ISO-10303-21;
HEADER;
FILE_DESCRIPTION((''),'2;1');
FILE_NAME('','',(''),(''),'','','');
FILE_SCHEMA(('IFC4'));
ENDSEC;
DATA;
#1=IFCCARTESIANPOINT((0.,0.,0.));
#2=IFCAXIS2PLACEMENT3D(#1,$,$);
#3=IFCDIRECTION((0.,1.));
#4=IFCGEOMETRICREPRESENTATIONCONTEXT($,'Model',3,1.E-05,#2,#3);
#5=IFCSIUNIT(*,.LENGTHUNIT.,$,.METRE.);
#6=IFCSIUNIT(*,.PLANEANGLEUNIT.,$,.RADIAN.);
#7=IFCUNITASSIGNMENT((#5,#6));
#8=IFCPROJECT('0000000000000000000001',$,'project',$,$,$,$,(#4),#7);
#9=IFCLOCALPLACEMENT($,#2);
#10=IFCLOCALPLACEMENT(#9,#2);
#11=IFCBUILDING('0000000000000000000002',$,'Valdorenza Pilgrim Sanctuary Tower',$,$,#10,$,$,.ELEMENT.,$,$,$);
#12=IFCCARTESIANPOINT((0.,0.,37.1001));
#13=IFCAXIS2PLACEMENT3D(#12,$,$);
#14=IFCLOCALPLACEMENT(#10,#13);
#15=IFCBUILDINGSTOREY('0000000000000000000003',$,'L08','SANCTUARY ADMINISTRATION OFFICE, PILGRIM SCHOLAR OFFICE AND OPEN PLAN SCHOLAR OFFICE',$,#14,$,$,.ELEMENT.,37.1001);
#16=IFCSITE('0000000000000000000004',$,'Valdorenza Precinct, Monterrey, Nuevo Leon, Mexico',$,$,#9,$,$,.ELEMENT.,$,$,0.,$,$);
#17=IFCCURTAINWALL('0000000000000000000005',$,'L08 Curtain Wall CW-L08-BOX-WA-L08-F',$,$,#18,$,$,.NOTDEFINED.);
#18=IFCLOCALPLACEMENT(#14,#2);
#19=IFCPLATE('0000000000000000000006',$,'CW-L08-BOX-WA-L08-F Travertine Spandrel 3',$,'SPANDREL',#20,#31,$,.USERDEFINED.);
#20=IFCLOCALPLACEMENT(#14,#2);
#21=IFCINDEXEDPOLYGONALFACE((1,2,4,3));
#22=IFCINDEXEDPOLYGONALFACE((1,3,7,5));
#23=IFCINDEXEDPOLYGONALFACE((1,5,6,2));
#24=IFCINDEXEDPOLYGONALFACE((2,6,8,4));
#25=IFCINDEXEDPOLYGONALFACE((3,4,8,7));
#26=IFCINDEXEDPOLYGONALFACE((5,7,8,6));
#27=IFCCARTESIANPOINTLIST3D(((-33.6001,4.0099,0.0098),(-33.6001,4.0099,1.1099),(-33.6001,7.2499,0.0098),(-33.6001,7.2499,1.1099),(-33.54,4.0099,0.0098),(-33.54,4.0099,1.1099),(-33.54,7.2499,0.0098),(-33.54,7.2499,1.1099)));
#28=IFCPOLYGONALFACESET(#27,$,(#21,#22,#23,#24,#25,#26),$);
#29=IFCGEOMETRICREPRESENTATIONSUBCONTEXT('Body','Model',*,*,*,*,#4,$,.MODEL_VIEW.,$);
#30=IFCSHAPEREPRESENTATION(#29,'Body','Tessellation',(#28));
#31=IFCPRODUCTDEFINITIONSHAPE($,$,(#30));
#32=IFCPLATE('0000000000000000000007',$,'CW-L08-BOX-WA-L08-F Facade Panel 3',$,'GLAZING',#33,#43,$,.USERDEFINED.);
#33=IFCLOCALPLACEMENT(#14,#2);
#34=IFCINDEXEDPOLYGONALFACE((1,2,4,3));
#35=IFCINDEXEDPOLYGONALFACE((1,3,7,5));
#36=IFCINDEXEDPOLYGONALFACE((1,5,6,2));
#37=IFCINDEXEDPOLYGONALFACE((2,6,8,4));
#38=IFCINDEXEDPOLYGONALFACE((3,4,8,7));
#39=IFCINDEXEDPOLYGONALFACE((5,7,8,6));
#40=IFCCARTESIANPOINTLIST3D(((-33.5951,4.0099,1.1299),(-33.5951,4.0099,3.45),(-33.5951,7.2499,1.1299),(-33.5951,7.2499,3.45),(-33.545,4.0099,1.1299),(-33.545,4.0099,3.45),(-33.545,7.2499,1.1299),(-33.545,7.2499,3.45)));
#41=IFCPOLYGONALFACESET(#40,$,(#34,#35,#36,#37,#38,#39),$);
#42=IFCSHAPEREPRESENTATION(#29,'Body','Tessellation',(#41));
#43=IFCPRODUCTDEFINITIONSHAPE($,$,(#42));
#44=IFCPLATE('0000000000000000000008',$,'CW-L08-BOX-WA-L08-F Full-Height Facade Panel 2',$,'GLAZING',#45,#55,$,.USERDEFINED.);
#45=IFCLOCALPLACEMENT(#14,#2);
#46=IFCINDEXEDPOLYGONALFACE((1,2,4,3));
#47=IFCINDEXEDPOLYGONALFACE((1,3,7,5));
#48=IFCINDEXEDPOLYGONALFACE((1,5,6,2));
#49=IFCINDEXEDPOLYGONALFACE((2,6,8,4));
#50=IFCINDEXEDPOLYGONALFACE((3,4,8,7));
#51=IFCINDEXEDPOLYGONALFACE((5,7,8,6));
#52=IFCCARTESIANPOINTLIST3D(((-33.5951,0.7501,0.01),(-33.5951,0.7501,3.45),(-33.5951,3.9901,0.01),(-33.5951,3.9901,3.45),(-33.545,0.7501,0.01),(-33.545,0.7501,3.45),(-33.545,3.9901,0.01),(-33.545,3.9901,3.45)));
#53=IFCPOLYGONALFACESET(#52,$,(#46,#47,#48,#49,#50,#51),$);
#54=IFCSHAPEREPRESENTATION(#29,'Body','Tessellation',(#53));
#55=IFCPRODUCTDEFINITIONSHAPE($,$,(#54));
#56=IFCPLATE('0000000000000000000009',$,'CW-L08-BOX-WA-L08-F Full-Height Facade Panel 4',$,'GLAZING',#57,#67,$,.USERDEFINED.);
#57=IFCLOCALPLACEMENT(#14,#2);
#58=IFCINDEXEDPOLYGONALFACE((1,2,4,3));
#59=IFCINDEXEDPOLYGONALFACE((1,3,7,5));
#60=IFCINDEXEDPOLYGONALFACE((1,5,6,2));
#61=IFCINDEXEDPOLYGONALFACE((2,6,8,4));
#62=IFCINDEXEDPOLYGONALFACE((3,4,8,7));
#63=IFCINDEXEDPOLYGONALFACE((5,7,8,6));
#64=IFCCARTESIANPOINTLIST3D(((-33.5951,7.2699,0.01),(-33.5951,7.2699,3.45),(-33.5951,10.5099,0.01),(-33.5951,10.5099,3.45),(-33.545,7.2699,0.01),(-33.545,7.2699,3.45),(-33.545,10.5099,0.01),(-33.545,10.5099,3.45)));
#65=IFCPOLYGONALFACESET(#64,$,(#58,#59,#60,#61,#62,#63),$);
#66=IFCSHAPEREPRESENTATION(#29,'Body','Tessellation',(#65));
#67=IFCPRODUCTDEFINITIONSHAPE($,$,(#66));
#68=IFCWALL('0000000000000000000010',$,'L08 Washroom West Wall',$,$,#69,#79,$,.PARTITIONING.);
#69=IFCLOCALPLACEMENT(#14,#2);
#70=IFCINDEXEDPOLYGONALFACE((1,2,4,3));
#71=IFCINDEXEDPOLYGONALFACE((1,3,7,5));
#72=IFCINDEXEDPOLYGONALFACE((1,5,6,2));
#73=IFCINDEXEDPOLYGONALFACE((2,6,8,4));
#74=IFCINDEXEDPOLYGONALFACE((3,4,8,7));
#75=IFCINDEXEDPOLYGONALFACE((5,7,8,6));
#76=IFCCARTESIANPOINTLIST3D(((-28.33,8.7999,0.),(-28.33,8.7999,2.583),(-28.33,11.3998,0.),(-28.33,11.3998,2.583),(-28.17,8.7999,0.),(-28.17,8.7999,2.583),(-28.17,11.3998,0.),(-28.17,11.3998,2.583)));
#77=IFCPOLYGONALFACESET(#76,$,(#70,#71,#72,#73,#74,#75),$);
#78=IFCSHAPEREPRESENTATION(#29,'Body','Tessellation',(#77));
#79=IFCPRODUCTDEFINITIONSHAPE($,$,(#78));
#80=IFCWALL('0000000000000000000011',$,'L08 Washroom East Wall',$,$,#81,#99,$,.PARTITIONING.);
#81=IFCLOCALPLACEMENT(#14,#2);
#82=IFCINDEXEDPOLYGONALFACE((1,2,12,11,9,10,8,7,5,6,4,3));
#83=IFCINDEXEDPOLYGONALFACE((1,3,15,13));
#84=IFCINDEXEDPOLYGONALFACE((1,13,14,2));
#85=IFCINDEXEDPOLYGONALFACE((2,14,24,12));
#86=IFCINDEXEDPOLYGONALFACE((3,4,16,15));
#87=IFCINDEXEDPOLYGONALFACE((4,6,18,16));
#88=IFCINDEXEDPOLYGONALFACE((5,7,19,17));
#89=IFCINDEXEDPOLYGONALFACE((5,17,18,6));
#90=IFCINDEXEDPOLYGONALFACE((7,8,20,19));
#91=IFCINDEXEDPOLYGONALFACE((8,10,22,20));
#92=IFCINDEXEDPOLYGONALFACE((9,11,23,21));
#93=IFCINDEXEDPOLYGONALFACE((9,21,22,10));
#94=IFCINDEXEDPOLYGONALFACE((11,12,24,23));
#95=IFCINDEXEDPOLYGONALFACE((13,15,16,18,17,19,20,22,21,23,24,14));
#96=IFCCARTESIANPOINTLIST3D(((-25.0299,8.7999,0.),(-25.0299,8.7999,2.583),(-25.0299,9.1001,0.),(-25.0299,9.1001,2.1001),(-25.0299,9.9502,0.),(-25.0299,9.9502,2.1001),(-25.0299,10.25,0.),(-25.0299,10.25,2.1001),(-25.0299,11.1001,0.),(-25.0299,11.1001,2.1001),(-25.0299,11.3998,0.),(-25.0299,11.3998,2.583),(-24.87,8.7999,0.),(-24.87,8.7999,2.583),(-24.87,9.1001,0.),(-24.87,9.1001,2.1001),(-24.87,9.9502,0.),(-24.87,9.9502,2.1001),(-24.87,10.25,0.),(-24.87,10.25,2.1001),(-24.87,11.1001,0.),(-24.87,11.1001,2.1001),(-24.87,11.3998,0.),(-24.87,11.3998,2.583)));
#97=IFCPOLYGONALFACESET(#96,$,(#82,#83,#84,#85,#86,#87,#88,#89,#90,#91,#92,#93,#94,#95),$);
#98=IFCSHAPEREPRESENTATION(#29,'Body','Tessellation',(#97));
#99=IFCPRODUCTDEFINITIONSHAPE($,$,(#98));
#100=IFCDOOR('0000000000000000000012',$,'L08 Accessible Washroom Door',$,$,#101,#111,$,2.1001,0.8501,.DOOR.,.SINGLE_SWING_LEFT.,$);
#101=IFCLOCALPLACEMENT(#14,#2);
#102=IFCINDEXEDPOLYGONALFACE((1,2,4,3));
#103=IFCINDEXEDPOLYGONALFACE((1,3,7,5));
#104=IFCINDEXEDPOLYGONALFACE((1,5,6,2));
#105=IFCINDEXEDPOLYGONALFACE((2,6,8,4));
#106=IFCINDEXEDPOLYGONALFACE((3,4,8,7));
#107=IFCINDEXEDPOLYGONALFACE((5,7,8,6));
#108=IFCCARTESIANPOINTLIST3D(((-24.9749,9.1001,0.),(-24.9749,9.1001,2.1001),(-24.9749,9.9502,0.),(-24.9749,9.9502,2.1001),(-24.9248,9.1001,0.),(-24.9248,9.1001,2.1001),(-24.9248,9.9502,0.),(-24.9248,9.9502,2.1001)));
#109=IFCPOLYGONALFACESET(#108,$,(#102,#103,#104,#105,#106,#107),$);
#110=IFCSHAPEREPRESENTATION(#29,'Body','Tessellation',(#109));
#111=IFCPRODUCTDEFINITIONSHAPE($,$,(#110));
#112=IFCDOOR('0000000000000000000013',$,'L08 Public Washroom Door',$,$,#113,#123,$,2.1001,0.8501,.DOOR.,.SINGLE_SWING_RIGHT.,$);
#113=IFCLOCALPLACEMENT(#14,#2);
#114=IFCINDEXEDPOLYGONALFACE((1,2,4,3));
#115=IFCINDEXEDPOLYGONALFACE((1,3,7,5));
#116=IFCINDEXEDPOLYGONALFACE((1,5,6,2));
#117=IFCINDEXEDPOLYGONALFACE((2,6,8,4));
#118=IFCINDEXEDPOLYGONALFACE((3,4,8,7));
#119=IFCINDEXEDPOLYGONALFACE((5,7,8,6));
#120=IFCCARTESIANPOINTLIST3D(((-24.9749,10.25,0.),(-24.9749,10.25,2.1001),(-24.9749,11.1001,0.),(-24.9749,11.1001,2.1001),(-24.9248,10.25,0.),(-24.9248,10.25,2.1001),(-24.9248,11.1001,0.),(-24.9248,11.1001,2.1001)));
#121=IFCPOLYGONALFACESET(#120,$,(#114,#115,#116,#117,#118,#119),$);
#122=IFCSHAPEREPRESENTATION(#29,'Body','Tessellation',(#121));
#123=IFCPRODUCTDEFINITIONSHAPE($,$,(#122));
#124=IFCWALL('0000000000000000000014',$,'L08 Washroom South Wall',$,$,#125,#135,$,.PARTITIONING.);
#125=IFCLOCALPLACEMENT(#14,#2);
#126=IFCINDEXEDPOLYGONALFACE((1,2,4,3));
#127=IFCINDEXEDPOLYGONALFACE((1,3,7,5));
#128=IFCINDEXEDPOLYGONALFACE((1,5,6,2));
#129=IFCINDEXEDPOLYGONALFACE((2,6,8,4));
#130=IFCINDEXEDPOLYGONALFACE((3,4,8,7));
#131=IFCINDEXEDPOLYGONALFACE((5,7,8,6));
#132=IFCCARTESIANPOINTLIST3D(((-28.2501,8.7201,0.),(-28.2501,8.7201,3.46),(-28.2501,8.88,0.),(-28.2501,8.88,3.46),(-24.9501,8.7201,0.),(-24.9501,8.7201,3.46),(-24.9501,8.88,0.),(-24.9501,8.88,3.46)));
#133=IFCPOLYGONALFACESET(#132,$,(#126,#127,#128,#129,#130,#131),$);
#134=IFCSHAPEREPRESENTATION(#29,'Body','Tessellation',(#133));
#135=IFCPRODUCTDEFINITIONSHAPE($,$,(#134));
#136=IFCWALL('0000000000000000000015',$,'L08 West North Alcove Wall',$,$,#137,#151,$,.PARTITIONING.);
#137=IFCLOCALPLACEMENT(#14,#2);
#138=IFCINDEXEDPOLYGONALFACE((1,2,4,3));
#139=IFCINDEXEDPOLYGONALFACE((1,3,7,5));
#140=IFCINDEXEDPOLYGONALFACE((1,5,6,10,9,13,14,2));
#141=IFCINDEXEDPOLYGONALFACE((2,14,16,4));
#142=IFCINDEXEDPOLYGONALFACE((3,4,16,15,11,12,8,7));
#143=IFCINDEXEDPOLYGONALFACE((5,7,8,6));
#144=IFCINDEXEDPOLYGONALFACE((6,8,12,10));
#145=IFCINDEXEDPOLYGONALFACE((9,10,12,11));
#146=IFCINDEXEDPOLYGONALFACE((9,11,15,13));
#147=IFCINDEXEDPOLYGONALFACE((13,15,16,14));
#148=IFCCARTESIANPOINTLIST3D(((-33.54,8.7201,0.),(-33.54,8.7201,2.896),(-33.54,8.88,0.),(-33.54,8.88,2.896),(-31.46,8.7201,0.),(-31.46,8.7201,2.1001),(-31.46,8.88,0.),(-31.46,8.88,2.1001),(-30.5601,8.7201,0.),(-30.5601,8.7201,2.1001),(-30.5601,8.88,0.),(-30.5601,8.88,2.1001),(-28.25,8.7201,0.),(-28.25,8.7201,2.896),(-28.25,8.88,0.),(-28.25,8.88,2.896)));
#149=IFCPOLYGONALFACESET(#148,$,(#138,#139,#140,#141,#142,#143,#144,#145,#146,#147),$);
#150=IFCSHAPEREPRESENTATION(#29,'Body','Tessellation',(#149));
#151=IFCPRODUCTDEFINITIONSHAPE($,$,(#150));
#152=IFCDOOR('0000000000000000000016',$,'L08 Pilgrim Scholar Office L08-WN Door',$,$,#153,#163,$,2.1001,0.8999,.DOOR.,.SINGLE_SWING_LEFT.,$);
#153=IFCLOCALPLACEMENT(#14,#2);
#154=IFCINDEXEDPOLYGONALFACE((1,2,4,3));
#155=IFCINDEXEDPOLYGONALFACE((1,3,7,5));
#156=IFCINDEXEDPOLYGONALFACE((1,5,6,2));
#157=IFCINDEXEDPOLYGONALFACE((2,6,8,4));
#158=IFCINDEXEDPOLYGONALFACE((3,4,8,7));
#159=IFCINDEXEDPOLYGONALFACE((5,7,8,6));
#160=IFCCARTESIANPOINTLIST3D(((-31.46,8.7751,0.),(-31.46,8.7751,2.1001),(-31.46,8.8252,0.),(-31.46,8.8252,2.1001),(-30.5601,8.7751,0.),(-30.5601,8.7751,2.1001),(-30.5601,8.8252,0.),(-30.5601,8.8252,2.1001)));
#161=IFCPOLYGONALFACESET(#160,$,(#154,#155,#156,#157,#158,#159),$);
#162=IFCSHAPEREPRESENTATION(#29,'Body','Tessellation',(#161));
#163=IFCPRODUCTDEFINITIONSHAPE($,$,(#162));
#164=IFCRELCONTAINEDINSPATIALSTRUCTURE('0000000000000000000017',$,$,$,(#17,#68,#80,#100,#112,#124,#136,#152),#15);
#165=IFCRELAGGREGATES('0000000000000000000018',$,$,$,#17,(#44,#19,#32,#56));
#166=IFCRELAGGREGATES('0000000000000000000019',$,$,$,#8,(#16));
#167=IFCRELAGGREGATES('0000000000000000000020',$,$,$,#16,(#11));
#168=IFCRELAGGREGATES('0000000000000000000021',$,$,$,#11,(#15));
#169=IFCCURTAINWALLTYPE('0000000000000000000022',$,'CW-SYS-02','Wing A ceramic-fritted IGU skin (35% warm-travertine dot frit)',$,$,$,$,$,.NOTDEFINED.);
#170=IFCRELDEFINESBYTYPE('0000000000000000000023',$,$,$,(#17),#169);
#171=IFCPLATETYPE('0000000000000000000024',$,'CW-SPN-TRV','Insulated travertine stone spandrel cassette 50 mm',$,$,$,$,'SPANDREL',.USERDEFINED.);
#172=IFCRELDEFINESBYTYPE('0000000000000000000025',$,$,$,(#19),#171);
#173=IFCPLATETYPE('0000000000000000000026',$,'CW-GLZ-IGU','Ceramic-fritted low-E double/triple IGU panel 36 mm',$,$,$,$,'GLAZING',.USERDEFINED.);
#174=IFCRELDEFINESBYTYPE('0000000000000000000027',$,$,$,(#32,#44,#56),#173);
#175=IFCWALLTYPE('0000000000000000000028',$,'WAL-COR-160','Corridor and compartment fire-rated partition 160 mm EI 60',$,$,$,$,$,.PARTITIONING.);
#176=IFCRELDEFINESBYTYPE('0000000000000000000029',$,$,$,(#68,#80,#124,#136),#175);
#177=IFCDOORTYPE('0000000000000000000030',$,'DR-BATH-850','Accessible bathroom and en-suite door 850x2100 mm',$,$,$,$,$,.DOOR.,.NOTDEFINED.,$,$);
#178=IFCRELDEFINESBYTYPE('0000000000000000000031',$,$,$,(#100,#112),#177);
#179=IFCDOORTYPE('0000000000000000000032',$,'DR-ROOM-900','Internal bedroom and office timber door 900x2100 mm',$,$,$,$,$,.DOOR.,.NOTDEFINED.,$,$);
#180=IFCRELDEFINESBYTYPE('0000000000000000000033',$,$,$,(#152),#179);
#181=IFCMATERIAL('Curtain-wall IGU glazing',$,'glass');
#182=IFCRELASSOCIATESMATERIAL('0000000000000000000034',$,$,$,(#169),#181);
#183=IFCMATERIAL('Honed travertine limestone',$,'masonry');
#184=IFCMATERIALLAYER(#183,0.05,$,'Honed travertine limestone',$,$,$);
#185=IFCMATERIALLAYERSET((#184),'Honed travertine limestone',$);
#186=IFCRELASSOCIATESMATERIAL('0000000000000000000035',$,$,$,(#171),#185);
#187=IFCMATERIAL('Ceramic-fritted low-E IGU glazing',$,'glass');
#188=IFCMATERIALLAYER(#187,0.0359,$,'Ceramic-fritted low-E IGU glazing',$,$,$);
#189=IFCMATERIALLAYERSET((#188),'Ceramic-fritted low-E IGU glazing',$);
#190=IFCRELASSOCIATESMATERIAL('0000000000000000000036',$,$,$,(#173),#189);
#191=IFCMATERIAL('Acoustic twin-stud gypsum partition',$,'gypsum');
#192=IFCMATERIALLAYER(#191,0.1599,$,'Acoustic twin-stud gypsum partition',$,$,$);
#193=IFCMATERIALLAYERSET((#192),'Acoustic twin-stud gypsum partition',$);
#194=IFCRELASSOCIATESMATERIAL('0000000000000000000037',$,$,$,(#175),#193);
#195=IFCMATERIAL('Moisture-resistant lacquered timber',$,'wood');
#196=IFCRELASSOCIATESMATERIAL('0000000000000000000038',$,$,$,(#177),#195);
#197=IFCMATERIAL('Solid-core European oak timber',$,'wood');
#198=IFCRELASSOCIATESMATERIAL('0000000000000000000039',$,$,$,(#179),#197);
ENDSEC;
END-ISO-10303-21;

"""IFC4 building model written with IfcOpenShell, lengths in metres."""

from ifc_helpers import new_model, si_unit, direction, frame, frame_2d, origin, origin_2d, place, context, subcontext, project, spatial, rectangle, extrude, source, transform, mapped, material, layer, layer_set, type_object, element, fill, aggregate, save


model = new_model("IFC4")

# Units and contexts
model_context = context("Model", 3, precision=1e-05, world=origin(), true_north=direction((0.0, 1.0)))
body_context = subcontext(model_context, "Body", "Model", "MODEL_VIEW")
ifc_project = project(units=[si_unit("LENGTHUNIT", "METRE"), si_unit("PLANEANGLEUNIT", "RADIAN")], contexts=[model_context])

# Site, building, storey
site_placement = place(None, origin())
site = spatial("IfcSite", under=ifc_project, at=site_placement, Name="Valdorenza Precinct, Monterrey, Nuevo Leon, Mexico", CompositionType="ELEMENT", RefElevation=0.0)
building_placement = place(site_placement, origin())
building = spatial("IfcBuilding", under=site, at=building_placement, Name="Valdorenza Pilgrim Sanctuary Tower", CompositionType="ELEMENT")
storey_placement = place(building_placement, frame((0.0, 0.0, 37.1001)))
storey = spatial("IfcBuildingStorey", under=building, at=storey_placement, Name="L08", Description="SANCTUARY ADMINISTRATION OFFICE, PILGRIM SCHOLAR OFFICE AND OPEN PLAN SCHOLAR OFFICE", CompositionType="ELEMENT", Elevation=37.1001)

# Shared definitions
ifc_material_1 = material(Name="Curtain-wall IGU glazing", Category="glass")
curtain_wall_type = type_object("IfcCurtainWallType", Name="CW-SYS-02", Description="Wing A ceramic-fritted IGU skin (35% warm-travertine dot frit)", PredefinedType="NOTDEFINED", material=ifc_material_1)

# Curtain wall
curtain_wall_1_placement = place(storey_placement, origin())
curtain_wall_1 = element("IfcCurtainWall", 1, at=curtain_wall_1_placement, inside=storey, type_object=curtain_wall_type, Name="L08 Curtain Wall CW-L08-BOX-WA-L08-F", PredefinedType="NOTDEFINED")

# Plates
ifc_material_2 = material(Name="Honed travertine limestone", Category="masonry")
ifc_layer_1 = layer(ifc_material_2, 0.05, Name="Honed travertine limestone")
ifc_layer_set_1 = layer_set([ifc_layer_1], Name="Honed travertine limestone")
plate_type_1 = type_object("IfcPlateType", Name="CW-SPN-TRV", Description="Insulated travertine stone spandrel cassette 50 mm", ElementType="SPANDREL", PredefinedType="USERDEFINED", material=ifc_layer_set_1)
ifc_material_3 = material(Name="Ceramic-fritted low-E IGU glazing", Category="glass")
ifc_layer_2 = layer(ifc_material_3, 0.0359, Name="Ceramic-fritted low-E IGU glazing")
ifc_layer_set_2 = layer_set([ifc_layer_2], Name="Ceramic-fritted low-E IGU glazing")
plate_type_2 = type_object("IfcPlateType", Name="CW-GLZ-IGU", Description="Ceramic-fritted low-E double/triple IGU panel 36 mm", ElementType="GLAZING", PredefinedType="USERDEFINED", material=ifc_layer_set_2)
shared_shape_1 = source(origin(), body_context, "Body", "SweptSolid", [
    extrude(rectangle(XDim=3.24, YDim=0.0601, at=origin_2d()), origin(), (0.0, 0.0, 1.0), 1.1001),
])
plate_1_placement = place(storey_placement, frame((-33.5701, 5.6299, 0.0098), z_axis=(0.0, 0.0, 1.0), x_axis=(0.0, 1.0, 0.0)))
plate_1 = element("IfcPlate", 2, at=plate_1_placement, type_object=plate_type_1, Name="CW-L08-BOX-WA-L08-F Travertine Spandrel 3", ObjectType="SPANDREL", PredefinedType="USERDEFINED", context=body_context, shape_type="MappedRepresentation", body=[
    mapped(shared_shape_1, transform((0.0, 0.0, 0.0), x_axis=(1.0, 0.0, 0.0), y_axis=(0.0, 1.0, 0.0), z_axis=(0.0, 0.0, 1.0), scale=1.0)),
])
shared_shape_2 = source(origin(), body_context, "Body", "SweptSolid", [
    extrude(rectangle(XDim=3.24, YDim=0.05, at=origin_2d()), origin(), (0.0, 0.0, 1.0), 2.3201),
])
plate_2_placement = place(storey_placement, frame((-33.5701, 5.6299, 1.1299), z_axis=(0.0, 0.0, 1.0), x_axis=(0.0, 1.0, 0.0)))
plate_2 = element("IfcPlate", 3, at=plate_2_placement, type_object=plate_type_2, Name="CW-L08-BOX-WA-L08-F Facade Panel 3", ObjectType="GLAZING", PredefinedType="USERDEFINED", context=body_context, shape_type="MappedRepresentation", body=[
    mapped(shared_shape_2, transform((0.0, 0.0, 0.0), x_axis=(1.0, 0.0, 0.0), y_axis=(0.0, 1.0, 0.0), z_axis=(0.0, 0.0, 1.0), scale=1.0)),
])
shared_shape_3 = source(origin(), body_context, "Body", "SweptSolid", [
    extrude(rectangle(XDim=3.24, YDim=0.05, at=origin_2d()), origin(), (0.0, 0.0, 1.0), 3.4399),
])
plate_3_placement = place(storey_placement, frame((-33.5701, 2.3701, 0.01), z_axis=(0.0, 0.0, 1.0), x_axis=(0.0, 1.0, 0.0)))
plate_3 = element("IfcPlate", 4, at=plate_3_placement, type_object=plate_type_2, Name="CW-L08-BOX-WA-L08-F Full-Height Facade Panel 2", ObjectType="GLAZING", PredefinedType="USERDEFINED", context=body_context, shape_type="MappedRepresentation", body=[
    mapped(shared_shape_3, transform((0.0, 0.0, 0.0), x_axis=(1.0, 0.0, 0.0), y_axis=(0.0, 1.0, 0.0), z_axis=(0.0, 0.0, 1.0), scale=1.0)),
])
plate_4_placement = place(storey_placement, frame((-33.5701, 8.8899, 0.01), z_axis=(0.0, 0.0, 1.0), x_axis=(0.0, 1.0, 0.0)))
plate_4 = element("IfcPlate", 5, at=plate_4_placement, type_object=plate_type_2, Name="CW-L08-BOX-WA-L08-F Full-Height Facade Panel 4", ObjectType="GLAZING", PredefinedType="USERDEFINED", context=body_context, shape_type="MappedRepresentation", body=[
    mapped(shared_shape_3, transform((0.0, 0.0, 0.0), x_axis=(1.0, 0.0, 0.0), y_axis=(0.0, 1.0, 0.0), z_axis=(0.0, 0.0, 1.0), scale=1.0)),
])
aggregate(curtain_wall_1, [plate_3, plate_1, plate_2, plate_4])

# Wall
ifc_material_4 = material(Name="Acoustic twin-stud gypsum partition", Category="gypsum")
ifc_layer_3 = layer(ifc_material_4, 0.1599, Name="Acoustic twin-stud gypsum partition")
ifc_layer_set_3 = layer_set([ifc_layer_3], Name="Acoustic twin-stud gypsum partition")
wall_type_1 = type_object("IfcWallType", Name="WAL-COR-160", Description="Corridor and compartment fire-rated partition 160 mm EI 60", PredefinedType="PARTITIONING", material=ifc_layer_set_3)
wall_1_placement = place(storey_placement, frame((-28.25, 8.8, 0.0), z_axis=(0.0, 0.0, 1.0), x_axis=(0.0, 1.0, 0.0)))
element("IfcWall", 6, at=wall_1_placement, inside=storey, type_object=wall_type_1, Name="L08 Washroom West Wall", PredefinedType="PARTITIONING", context=body_context, shape_type="SweptSolid", body=[
    extrude(rectangle(XDim=2.5999, YDim=0.1599, at=frame_2d((1.2998, 0.0))), origin(), (0.0, 0.0, 1.0), 2.583),
])

# Wall, openings, doors
wall_2_placement = place(storey_placement, frame((-24.95, 8.8, 0.0), z_axis=(0.0, 0.0, 1.0), x_axis=(0.0, 1.0, 0.0)))
wall_2 = element("IfcWall", 7, at=wall_2_placement, inside=storey, type_object=wall_type_1, Name="L08 Washroom East Wall", PredefinedType="PARTITIONING", context=body_context, shape_type="SweptSolid", body=[
    extrude(rectangle(XDim=2.5999, YDim=0.1599, at=frame_2d((1.2998, 0.0))), origin(), (0.0, 0.0, 1.0), 2.583),
])
opening_1_placement = place(wall_2_placement, frame((0.3, 0.0, 0.0)))
opening_1 = element("IfcOpeningElement", 8, at=opening_1_placement, cuts=wall_2, PredefinedType="OPENING", context=body_context, shape_type="SweptSolid", body=[
    extrude(rectangle(XDim=0.8501, YDim=2.1001, at=frame_2d((0.425, 1.05))), frame((0.0, 0.0947, 0.0), z_axis=(0.0, -1.0, 0.0), x_axis=(1.0, 0.0, 0.0)), (0.0, 0.0, 1.0), 0.1897),
])
opening_2_placement = place(wall_2_placement, frame((1.45, 0.0, 0.0)))
opening_2 = element("IfcOpeningElement", 9, at=opening_2_placement, cuts=wall_2, PredefinedType="OPENING", context=body_context, shape_type="SweptSolid", body=[
    extrude(rectangle(XDim=0.8501, YDim=2.1001, at=frame_2d((0.425, 1.05))), frame((0.0, 0.0947, 0.0), z_axis=(0.0, -1.0, 0.0), x_axis=(1.0, 0.0, 0.0)), (0.0, 0.0, 1.0), 0.1897),
])
ifc_material_5 = material(Name="Moisture-resistant lacquered timber", Category="wood")
door_type_1 = type_object("IfcDoorType", Name="DR-BATH-850", Description="Accessible bathroom and en-suite door 850x2100 mm", OperationType="NOTDEFINED", PredefinedType="DOOR", material=ifc_material_5)
door_1_placement = place(opening_1_placement, origin())
door_1 = element("IfcDoor", 10, at=door_1_placement, inside=storey, type_object=door_type_1, Name="L08 Accessible Washroom Door", OperationType="SINGLE_SWING_LEFT", OverallHeight=2.1001, OverallWidth=0.8501, PredefinedType="DOOR", context=body_context, shape_type="SweptSolid", body=[
    extrude(rectangle(XDim=0.8501, YDim=2.1001, at=frame_2d((0.425, 1.05))), frame((0.0, 0.0249, 0.0), z_axis=(0.0, -1.0, 0.0), x_axis=(1.0, 0.0, 0.0)), (0.0, 0.0, 1.0), 0.05),
])
fill(opening_1, door_1)
door_2_placement = place(opening_2_placement, origin())
door_2 = element("IfcDoor", 11, at=door_2_placement, inside=storey, type_object=door_type_1, Name="L08 Public Washroom Door", OperationType="SINGLE_SWING_RIGHT", OverallHeight=2.1001, OverallWidth=0.8501, PredefinedType="DOOR", context=body_context, shape_type="SweptSolid", body=[
    extrude(rectangle(XDim=0.8501, YDim=2.1001, at=frame_2d((0.425, 1.05))), frame((0.0, 0.0249, 0.0), z_axis=(0.0, -1.0, 0.0), x_axis=(1.0, 0.0, 0.0)), (0.0, 0.0, 1.0), 0.05),
])
fill(opening_2, door_2)

# Wall
wall_3_placement = place(storey_placement, frame((-28.25, 8.8, 0.0), z_axis=(0.0, 0.0, 1.0), x_axis=(1.0, 0.0, 0.0)))
element("IfcWall", 12, at=wall_3_placement, inside=storey, type_object=wall_type_1, Name="L08 Washroom South Wall", PredefinedType="PARTITIONING", context=body_context, shape_type="SweptSolid", body=[
    extrude(rectangle(XDim=3.3, YDim=0.1599, at=frame_2d((1.6499, 0.0))), origin(), (0.0, 0.0, 1.0), 3.46),
])

# Wall, opening, door
wall_4_placement = place(storey_placement, frame((-33.54, 8.8, 0.0), z_axis=(0.0, 0.0, 1.0), x_axis=(1.0, 0.0, 0.0)))
wall_4 = element("IfcWall", 13, at=wall_4_placement, inside=storey, type_object=wall_type_1, Name="L08 West North Alcove Wall", PredefinedType="PARTITIONING", context=body_context, shape_type="SweptSolid", body=[
    extrude(rectangle(XDim=5.29, YDim=0.1599, at=frame_2d((2.645, 0.0))), origin(), (0.0, 0.0, 1.0), 2.896),
])
opening_3_placement = place(wall_4_placement, frame((2.0801, 0.0, 0.0)))
opening_3 = element("IfcOpeningElement", 14, at=opening_3_placement, cuts=wall_4, PredefinedType="OPENING", context=body_context, shape_type="SweptSolid", body=[
    extrude(rectangle(XDim=0.8999, YDim=2.1001, at=frame_2d((0.45, 1.05))), frame((0.0, 0.0947, 0.0), z_axis=(0.0, -1.0, 0.0), x_axis=(1.0, 0.0, 0.0)), (0.0, 0.0, 1.0), 0.1897),
])
ifc_material_6 = material(Name="Solid-core European oak timber", Category="wood")
door_type_2 = type_object("IfcDoorType", Name="DR-ROOM-900", Description="Internal bedroom and office timber door 900x2100 mm", OperationType="NOTDEFINED", PredefinedType="DOOR", material=ifc_material_6)
door_3_placement = place(opening_3_placement, frame((0.8999, 0.0, 0.0), z_axis=(0.0, 0.0, 1.0), x_axis=(-1.0, 0.0, 0.0)))
door_3 = element("IfcDoor", 15, at=door_3_placement, inside=storey, type_object=door_type_2, Name="L08 Pilgrim Scholar Office L08-WN Door", OperationType="SINGLE_SWING_LEFT", OverallHeight=2.1001, OverallWidth=0.8999, PredefinedType="DOOR", context=body_context, shape_type="SweptSolid", body=[
    extrude(rectangle(XDim=0.8999, YDim=2.1001, at=frame_2d((0.45, 1.05))), frame((0.0, 0.0249, 0.0), z_axis=(0.0, -1.0, 0.0), x_axis=(1.0, 0.0, 0.0)), (0.0, 0.0, 1.0), 0.05),
])
fill(opening_3, door_3)

save(model, "model.ifc")
